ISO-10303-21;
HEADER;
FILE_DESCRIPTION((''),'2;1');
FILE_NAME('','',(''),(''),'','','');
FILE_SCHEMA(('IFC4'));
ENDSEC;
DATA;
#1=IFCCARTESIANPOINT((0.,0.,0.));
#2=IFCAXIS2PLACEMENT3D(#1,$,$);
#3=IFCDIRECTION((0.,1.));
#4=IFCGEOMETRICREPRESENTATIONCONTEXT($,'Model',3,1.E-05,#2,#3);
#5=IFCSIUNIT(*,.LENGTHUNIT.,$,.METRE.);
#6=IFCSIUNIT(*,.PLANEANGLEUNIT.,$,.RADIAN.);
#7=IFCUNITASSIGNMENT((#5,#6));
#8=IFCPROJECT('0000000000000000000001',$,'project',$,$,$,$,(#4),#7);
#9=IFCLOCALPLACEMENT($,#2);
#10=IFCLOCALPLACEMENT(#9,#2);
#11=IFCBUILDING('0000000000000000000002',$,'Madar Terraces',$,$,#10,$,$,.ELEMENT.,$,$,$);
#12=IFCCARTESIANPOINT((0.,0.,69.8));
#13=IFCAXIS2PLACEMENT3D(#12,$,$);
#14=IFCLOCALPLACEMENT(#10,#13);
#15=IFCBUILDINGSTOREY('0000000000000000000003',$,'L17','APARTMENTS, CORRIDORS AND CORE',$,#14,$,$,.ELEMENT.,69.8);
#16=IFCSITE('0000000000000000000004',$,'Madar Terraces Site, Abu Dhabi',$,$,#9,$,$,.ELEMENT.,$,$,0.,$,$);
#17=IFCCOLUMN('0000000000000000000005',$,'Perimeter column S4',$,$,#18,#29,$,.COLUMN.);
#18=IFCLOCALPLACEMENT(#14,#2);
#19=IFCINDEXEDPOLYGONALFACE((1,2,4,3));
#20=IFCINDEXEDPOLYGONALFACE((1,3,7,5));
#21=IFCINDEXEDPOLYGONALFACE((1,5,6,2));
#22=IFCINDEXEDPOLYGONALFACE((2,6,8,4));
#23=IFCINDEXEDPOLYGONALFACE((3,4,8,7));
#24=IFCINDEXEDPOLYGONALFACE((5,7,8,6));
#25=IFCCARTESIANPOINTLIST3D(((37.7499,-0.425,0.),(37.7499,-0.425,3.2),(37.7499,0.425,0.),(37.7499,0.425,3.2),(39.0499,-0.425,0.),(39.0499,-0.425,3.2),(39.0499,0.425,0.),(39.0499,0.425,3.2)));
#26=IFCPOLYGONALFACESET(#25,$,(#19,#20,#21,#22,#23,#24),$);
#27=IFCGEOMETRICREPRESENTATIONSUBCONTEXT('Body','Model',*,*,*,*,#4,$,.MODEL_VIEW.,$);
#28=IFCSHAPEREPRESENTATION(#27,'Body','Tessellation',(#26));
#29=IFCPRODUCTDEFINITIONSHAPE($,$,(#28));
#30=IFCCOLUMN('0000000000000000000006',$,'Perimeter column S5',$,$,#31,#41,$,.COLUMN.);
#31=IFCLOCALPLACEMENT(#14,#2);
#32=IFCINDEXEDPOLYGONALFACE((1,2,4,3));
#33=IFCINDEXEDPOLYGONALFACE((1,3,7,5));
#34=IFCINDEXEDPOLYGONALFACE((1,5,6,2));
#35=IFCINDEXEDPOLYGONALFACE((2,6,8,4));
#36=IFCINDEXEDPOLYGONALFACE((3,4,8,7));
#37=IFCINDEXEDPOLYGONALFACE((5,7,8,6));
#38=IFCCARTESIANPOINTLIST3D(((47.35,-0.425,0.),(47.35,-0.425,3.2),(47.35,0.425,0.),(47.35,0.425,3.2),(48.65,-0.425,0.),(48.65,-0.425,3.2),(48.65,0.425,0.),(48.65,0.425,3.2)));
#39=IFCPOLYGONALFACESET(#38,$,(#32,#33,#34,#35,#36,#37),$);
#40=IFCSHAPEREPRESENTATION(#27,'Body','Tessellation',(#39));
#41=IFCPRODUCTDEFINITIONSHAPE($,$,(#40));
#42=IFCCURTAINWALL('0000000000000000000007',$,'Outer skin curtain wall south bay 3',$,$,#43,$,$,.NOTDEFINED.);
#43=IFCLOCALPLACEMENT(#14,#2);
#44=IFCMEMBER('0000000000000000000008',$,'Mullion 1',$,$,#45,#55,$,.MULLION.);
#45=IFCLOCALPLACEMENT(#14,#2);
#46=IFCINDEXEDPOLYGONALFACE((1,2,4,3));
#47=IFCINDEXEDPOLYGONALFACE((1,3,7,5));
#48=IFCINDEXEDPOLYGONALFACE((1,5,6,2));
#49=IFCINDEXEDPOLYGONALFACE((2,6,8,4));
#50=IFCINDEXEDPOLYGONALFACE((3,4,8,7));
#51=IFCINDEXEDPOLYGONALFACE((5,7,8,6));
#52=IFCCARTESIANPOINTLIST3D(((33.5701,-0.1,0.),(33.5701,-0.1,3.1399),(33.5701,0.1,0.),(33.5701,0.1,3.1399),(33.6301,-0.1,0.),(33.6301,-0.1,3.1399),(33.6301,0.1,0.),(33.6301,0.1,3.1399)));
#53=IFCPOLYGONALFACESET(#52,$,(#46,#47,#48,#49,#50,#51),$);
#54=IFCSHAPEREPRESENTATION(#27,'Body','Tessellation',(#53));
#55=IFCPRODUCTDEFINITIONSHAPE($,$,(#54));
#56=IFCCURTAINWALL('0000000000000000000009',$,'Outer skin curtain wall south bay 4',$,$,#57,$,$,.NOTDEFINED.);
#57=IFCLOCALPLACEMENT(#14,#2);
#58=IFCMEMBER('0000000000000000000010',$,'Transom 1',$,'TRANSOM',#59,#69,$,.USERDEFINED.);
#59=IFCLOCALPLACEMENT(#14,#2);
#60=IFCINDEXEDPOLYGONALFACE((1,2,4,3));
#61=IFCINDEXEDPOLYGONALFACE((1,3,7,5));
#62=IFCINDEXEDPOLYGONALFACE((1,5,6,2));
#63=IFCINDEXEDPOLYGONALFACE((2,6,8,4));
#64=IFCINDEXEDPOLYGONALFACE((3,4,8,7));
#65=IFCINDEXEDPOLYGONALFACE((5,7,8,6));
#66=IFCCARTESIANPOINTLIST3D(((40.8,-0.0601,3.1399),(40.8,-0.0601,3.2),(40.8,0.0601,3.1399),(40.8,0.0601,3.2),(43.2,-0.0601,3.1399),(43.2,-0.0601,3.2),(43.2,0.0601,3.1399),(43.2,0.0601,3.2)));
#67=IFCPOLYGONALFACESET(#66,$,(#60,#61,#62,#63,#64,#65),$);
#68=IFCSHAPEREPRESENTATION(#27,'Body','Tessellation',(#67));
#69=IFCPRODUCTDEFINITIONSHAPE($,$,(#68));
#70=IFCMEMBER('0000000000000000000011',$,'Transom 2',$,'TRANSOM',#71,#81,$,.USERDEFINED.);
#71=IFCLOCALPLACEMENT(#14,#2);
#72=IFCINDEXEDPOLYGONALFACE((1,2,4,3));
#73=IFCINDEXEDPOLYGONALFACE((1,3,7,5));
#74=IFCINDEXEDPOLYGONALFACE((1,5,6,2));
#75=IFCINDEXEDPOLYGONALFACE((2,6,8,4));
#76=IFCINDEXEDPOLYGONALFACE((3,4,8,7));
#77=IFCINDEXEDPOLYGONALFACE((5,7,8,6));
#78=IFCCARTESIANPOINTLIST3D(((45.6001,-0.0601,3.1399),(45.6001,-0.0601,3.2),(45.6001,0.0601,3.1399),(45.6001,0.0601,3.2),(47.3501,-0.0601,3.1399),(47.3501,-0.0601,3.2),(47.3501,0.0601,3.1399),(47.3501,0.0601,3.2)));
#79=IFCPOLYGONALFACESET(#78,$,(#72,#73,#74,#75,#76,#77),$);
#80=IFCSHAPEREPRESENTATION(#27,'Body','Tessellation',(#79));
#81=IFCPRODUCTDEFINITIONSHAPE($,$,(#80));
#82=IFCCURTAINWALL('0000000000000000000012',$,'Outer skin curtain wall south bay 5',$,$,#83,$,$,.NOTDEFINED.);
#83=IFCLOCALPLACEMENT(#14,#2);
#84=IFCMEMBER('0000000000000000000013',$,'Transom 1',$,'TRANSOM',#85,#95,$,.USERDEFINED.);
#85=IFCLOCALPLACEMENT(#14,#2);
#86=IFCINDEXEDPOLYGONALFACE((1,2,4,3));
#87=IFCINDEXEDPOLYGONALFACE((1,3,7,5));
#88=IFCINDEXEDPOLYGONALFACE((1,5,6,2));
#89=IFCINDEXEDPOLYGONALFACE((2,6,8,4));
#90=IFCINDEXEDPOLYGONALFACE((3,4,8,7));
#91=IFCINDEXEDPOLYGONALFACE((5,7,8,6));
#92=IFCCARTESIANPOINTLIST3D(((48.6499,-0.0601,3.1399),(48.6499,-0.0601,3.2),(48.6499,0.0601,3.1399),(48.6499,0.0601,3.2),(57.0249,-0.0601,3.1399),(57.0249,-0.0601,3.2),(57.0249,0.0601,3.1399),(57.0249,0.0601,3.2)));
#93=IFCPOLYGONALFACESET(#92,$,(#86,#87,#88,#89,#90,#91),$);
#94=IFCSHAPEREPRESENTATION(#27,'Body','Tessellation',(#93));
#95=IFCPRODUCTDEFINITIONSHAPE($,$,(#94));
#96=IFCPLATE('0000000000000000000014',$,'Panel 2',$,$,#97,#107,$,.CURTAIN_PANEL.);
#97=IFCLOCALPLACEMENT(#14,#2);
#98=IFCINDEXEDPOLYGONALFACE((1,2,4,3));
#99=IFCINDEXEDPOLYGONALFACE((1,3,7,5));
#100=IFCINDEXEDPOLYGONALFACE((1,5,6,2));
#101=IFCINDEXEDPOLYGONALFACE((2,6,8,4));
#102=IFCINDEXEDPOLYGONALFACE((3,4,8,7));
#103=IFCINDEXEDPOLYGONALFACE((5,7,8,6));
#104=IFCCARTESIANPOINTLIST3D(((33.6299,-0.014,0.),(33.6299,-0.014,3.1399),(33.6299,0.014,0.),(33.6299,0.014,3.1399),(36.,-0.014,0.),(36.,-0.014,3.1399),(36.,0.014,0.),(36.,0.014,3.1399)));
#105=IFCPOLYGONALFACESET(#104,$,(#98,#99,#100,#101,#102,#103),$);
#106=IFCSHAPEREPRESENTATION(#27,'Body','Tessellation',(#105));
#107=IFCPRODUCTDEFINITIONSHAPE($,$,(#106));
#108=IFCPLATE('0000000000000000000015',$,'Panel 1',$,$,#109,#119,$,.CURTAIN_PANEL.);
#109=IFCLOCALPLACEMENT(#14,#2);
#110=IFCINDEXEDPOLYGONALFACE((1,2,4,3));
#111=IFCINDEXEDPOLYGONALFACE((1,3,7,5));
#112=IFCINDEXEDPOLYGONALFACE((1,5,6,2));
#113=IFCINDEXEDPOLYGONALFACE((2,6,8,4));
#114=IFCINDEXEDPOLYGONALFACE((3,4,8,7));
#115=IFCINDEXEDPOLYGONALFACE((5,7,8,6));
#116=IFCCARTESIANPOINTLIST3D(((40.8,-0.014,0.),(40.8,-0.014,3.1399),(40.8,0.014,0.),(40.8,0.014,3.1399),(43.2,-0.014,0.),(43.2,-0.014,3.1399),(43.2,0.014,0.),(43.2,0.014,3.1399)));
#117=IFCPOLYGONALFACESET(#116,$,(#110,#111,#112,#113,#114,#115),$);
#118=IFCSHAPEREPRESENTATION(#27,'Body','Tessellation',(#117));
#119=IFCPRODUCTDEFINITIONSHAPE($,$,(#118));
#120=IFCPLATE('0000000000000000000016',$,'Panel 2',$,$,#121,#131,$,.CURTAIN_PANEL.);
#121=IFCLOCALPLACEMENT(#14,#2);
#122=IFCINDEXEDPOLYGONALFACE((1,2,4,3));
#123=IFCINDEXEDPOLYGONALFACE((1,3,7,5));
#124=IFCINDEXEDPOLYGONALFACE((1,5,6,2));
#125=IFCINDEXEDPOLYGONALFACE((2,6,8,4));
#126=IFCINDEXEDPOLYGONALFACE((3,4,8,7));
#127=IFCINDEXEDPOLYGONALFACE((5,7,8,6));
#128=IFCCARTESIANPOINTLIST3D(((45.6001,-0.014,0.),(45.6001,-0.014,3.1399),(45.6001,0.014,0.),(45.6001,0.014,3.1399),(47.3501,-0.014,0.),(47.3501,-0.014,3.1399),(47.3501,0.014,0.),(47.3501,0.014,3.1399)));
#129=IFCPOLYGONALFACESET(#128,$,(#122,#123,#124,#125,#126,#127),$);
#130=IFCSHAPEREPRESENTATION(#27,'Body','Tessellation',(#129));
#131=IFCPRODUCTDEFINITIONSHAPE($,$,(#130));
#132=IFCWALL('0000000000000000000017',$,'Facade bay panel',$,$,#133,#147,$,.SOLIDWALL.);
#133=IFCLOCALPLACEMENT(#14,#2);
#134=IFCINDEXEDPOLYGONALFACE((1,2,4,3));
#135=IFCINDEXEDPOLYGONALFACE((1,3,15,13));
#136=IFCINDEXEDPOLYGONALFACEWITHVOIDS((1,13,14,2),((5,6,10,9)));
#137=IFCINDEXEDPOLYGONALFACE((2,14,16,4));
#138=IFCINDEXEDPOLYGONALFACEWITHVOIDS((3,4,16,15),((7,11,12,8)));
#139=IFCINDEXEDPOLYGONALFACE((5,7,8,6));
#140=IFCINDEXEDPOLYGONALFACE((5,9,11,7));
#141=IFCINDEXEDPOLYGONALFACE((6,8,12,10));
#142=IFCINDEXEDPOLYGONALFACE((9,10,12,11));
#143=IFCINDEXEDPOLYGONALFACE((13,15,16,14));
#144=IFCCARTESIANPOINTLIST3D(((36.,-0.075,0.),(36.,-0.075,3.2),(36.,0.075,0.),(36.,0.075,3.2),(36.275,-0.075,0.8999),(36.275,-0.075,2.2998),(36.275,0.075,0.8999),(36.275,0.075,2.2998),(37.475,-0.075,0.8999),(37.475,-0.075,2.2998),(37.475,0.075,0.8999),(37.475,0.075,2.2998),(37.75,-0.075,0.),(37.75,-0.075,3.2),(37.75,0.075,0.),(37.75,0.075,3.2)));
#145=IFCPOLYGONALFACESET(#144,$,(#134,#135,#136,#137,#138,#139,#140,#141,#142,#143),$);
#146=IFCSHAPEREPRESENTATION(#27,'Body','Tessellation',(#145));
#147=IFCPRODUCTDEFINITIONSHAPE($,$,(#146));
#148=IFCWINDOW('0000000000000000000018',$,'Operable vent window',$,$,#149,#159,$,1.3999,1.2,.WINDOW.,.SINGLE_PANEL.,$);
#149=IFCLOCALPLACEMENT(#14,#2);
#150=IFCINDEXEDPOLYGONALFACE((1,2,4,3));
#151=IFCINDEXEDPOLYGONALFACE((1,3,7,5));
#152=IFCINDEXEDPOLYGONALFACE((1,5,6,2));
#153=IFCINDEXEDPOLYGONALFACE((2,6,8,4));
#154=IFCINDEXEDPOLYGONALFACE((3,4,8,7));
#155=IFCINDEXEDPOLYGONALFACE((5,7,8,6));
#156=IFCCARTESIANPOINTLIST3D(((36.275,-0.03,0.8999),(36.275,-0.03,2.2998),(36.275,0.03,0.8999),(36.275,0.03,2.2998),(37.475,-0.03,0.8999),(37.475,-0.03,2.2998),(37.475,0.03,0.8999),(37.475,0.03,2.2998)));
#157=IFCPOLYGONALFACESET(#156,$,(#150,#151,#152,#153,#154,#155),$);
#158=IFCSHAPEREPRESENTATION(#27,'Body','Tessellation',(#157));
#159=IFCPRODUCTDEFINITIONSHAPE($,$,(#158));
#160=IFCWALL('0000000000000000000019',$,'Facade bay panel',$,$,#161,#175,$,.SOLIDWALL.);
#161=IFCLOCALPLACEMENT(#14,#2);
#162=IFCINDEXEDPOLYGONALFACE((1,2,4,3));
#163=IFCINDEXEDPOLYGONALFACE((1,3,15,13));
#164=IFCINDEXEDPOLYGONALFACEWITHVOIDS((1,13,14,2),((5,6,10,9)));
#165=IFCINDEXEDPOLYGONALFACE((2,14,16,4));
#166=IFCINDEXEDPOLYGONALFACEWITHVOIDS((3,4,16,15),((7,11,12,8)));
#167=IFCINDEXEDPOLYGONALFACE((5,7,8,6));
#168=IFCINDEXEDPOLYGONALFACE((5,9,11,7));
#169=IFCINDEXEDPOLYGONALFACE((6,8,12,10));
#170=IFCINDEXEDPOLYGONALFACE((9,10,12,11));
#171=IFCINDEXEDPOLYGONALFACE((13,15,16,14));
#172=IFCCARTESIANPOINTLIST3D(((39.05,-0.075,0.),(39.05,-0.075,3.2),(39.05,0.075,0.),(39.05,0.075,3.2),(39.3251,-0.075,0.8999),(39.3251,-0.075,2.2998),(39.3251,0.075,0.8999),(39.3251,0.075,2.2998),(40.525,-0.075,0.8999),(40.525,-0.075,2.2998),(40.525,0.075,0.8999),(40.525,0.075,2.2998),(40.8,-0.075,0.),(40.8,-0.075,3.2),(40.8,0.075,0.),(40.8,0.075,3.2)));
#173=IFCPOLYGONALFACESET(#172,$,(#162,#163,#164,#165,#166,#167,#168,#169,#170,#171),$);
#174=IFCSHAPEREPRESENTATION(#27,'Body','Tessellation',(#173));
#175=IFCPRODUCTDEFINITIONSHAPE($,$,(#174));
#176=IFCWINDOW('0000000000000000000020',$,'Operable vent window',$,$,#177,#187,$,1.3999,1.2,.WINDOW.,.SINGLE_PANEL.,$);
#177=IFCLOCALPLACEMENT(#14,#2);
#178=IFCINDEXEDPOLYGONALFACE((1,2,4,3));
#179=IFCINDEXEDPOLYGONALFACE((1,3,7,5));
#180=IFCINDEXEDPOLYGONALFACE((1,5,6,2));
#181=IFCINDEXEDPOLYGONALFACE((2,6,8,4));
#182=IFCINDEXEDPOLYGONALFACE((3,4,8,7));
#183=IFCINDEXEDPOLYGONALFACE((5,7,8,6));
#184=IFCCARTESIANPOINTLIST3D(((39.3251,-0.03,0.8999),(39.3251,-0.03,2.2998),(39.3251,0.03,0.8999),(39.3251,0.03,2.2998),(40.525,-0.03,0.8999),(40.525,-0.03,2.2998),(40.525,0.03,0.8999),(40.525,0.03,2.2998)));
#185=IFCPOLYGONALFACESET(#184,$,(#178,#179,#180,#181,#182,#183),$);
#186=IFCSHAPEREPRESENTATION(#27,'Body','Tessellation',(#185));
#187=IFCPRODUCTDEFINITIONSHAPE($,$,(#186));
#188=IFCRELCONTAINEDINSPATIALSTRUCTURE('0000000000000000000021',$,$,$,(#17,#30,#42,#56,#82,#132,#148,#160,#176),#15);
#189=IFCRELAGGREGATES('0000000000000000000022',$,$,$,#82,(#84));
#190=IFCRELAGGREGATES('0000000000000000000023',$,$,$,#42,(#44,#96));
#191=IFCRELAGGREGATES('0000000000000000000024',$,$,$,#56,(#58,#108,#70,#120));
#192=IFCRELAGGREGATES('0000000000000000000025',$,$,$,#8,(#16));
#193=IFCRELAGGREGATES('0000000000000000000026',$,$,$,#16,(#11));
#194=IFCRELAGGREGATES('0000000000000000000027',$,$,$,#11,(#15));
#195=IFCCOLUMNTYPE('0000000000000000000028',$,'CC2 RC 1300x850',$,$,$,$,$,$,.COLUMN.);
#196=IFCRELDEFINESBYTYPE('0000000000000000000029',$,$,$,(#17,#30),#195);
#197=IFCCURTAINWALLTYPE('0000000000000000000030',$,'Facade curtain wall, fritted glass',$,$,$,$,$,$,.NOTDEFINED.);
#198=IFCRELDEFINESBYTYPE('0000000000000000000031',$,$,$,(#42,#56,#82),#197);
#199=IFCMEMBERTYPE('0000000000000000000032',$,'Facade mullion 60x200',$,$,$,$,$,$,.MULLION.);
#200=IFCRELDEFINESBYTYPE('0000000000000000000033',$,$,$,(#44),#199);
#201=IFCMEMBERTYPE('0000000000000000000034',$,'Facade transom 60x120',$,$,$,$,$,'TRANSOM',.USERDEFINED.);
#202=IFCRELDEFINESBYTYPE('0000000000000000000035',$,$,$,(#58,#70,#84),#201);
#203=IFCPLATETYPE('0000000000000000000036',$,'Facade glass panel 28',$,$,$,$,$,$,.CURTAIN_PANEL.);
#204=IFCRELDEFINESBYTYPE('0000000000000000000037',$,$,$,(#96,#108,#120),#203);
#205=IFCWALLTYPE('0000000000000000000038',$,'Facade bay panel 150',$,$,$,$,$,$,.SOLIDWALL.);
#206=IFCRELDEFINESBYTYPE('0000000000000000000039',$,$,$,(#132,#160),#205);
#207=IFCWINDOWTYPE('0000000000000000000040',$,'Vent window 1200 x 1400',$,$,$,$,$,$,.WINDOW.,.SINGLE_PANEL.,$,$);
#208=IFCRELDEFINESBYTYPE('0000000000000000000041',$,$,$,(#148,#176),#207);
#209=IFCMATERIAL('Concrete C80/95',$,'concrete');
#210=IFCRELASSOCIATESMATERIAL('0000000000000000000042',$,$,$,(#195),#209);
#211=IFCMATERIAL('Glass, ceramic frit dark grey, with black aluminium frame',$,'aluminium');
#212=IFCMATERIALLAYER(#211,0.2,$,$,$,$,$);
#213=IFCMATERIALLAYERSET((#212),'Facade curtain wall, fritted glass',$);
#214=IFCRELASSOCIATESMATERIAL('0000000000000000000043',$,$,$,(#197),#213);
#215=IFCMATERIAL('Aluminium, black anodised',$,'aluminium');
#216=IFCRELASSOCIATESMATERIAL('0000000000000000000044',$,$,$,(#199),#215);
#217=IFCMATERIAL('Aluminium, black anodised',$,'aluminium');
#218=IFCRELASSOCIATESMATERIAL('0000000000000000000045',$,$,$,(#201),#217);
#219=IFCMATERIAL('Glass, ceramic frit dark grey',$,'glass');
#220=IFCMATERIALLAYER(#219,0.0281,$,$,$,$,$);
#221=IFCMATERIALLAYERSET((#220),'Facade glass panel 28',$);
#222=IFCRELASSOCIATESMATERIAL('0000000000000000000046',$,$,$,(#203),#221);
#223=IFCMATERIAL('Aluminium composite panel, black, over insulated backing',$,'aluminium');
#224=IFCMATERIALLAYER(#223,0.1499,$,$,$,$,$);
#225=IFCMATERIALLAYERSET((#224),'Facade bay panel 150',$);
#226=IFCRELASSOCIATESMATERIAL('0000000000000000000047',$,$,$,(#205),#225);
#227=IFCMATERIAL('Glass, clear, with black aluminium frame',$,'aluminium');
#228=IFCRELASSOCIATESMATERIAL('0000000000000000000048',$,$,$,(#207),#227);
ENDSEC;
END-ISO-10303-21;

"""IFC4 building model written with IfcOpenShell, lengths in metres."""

from ifc_helpers import new_model, si_unit, direction, frame, frame_2d, origin, origin_2d, place, context, subcontext, project, spatial, rectangle, extrude, material, layer, layer_set, material_profile, profile_set, type_object, element, fill, aggregate, save


model = new_model("IFC4")

# Units and contexts
model_context = context("Model", 3, precision=1e-05, world=origin(), true_north=direction((0.0, 1.0)))
body_context = subcontext(model_context, "Body", "Model", "MODEL_VIEW")
ifc_project = project(units=[si_unit("LENGTHUNIT", "METRE"), si_unit("PLANEANGLEUNIT", "RADIAN")], contexts=[model_context])

# Site, building, storey
site_placement = place(None, origin())
site = spatial("IfcSite", under=ifc_project, at=site_placement, Name="Madar Terraces Site, Abu Dhabi", CompositionType="ELEMENT", RefElevation=0.0)
building_placement = place(site_placement, origin())
building = spatial("IfcBuilding", under=site, at=building_placement, Name="Madar Terraces", CompositionType="ELEMENT")
storey_placement = place(building_placement, frame((0.0, 0.0, 69.8)))
storey = spatial("IfcBuildingStorey", under=building, at=storey_placement, Name="L17", Description="APARTMENTS, CORRIDORS AND CORE", CompositionType="ELEMENT", Elevation=69.8)

# Columns
ifc_material_1 = material(Name="Concrete C80/95", Category="concrete")
ifc_material_profile_1 = material_profile(ifc_material_1, rectangle(XDim=1.3, YDim=0.8501, at=origin_2d()), Name="CC2 RC 1300x850")
ifc_profile_set_1 = profile_set([ifc_material_profile_1], Name="Concrete C80/95")
column_type = type_object("IfcColumnType", Name="CC2 RC 1300x850", PredefinedType="COLUMN", material=ifc_profile_set_1)
for number, where, z_axis, x_axis, name in (
    (1, (38.3999, 0.0, 0.0), (0.0, 0.0, 1.0), (1.0, 0.0, 0.0), "Perimeter column S4"),
    (2, (48.0, 0.0, 0.0), (0.0, 0.0, 1.0), (1.0, 0.0, 0.0), "Perimeter column S5"),
):
    element("IfcColumn", number, at=place(storey_placement, frame(where, z_axis=z_axis, x_axis=x_axis)), inside=storey, type_object=column_type, Name=name, PredefinedType="COLUMN", context=body_context, shape_type="SweptSolid", body=[
        extrude(rectangle(XDim=1.3, YDim=0.8501, at=origin_2d()), origin(), (0.0, 0.0, 1.0), 3.2),
    ])

# Curtain wall, member
ifc_material_2 = material(Name="Glass, ceramic frit dark grey, with black aluminium frame", Category="aluminium")
ifc_layer_1 = layer(ifc_material_2, 0.2)
ifc_layer_set_1 = layer_set([ifc_layer_1], Name="Facade curtain wall, fritted glass")
curtain_wall_type = type_object("IfcCurtainWallType", Name="Facade curtain wall, fritted glass", PredefinedType="NOTDEFINED", material=ifc_layer_set_1)
curtain_wall_1_placement = place(storey_placement, origin())
curtain_wall_1 = element("IfcCurtainWall", 3, at=curtain_wall_1_placement, inside=storey, type_object=curtain_wall_type, Name="Outer skin curtain wall south bay 3", PredefinedType="NOTDEFINED")
ifc_material_3 = material(Name="Aluminium, black anodised", Category="aluminium")
ifc_material_profile_2 = material_profile(ifc_material_3, rectangle(XDim=0.2, YDim=0.0601, at=origin_2d()), Name="Facade mullion 60x200")
ifc_profile_set_2 = profile_set([ifc_material_profile_2], Name="Aluminium, black anodised")
member_type_1 = type_object("IfcMemberType", Name="Facade mullion 60x200", PredefinedType="MULLION", material=ifc_profile_set_2)
member_1_placement = place(storey_placement, frame((33.6001, 0.0, 0.0), z_axis=(0.0, 0.0, 1.0), x_axis=(0.0, 1.0, 0.0)))
member_1 = element("IfcMember", 4, at=member_1_placement, type_object=member_type_1, Name="Mullion 1", PredefinedType="MULLION", context=body_context, shape_type="SweptSolid", body=[
    extrude(rectangle(XDim=0.2, YDim=0.0601, at=origin_2d()), origin(), (0.0, 0.0, 1.0), 3.1399),
])

# Curtain wall, members
curtain_wall_2_placement = place(storey_placement, origin())
curtain_wall_2 = element("IfcCurtainWall", 5, at=curtain_wall_2_placement, inside=storey, type_object=curtain_wall_type, Name="Outer skin curtain wall south bay 4", PredefinedType="NOTDEFINED")
ifc_material_4 = material(Name="Aluminium, black anodised", Category="aluminium")
ifc_material_profile_3 = material_profile(ifc_material_4, rectangle(XDim=0.1201, YDim=0.0601, at=origin_2d()), Name="Facade transom 60x120")
ifc_profile_set_3 = profile_set([ifc_material_profile_3], Name="Aluminium, black anodised")
member_type_2 = type_object("IfcMemberType", Name="Facade transom 60x120", ElementType="TRANSOM", PredefinedType="USERDEFINED", material=ifc_profile_set_3)
member_2_placement = place(storey_placement, frame((40.8, 0.0, 3.1699), z_axis=(1.0, 0.0, 0.0), x_axis=(0.0, 1.0, 0.0)))
member_2 = element("IfcMember", 6, at=member_2_placement, type_object=member_type_2, Name="Transom 1", ObjectType="TRANSOM", PredefinedType="USERDEFINED", context=body_context, shape_type="SweptSolid", body=[
    extrude(rectangle(XDim=0.1201, YDim=0.0601, at=origin_2d()), origin(), (0.0, 0.0, 1.0), 2.3999),
])
member_3_placement = place(storey_placement, frame((45.6001, 0.0, 3.1699), z_axis=(1.0, 0.0, 0.0), x_axis=(0.0, 1.0, 0.0)))
member_3 = element("IfcMember", 7, at=member_3_placement, type_object=member_type_2, Name="Transom 2", ObjectType="TRANSOM", PredefinedType="USERDEFINED", context=body_context, shape_type="SweptSolid", body=[
    extrude(rectangle(XDim=0.1201, YDim=0.0601, at=origin_2d()), origin(), (0.0, 0.0, 1.0), 1.75),
])

# Curtain wall, member
curtain_wall_3_placement = place(storey_placement, origin())
curtain_wall_3 = element("IfcCurtainWall", 8, at=curtain_wall_3_placement, inside=storey, type_object=curtain_wall_type, Name="Outer skin curtain wall south bay 5", PredefinedType="NOTDEFINED")
member_4_placement = place(storey_placement, frame((48.6499, 0.0, 3.1699), z_axis=(1.0, 0.0, 0.0), x_axis=(0.0, 1.0, 0.0)))
member_4 = element("IfcMember", 9, at=member_4_placement, type_object=member_type_2, Name="Transom 1", ObjectType="TRANSOM", PredefinedType="USERDEFINED", context=body_context, shape_type="SweptSolid", body=[
    extrude(rectangle(XDim=0.1201, YDim=0.0601, at=origin_2d()), origin(), (0.0, 0.0, 1.0), 8.375),
])
aggregate(curtain_wall_3, [member_4])

# Plates
ifc_material_5 = material(Name="Glass, ceramic frit dark grey", Category="glass")
ifc_layer_2 = layer(ifc_material_5, 0.0281)
ifc_layer_set_2 = layer_set([ifc_layer_2], Name="Facade glass panel 28")
plate_type = type_object("IfcPlateType", Name="Facade glass panel 28", PredefinedType="CURTAIN_PANEL", material=ifc_layer_set_2)
plate_1_placement = place(storey_placement, frame((34.8149, 0.0, 0.0), z_axis=(0.0, 0.0, 1.0), x_axis=(1.0, 0.0, 0.0)))
plate_1 = element("IfcPlate", 10, at=plate_1_placement, type_object=plate_type, Name="Panel 2", PredefinedType="CURTAIN_PANEL", context=body_context, shape_type="SweptSolid", body=[
    extrude(rectangle(XDim=2.3701, YDim=0.0281, at=origin_2d()), origin(), (0.0, 0.0, 1.0), 3.1399),
])
aggregate(curtain_wall_1, [member_1, plate_1])
plate_2_placement = place(storey_placement, frame((42.0, 0.0, 0.0), z_axis=(0.0, 0.0, 1.0), x_axis=(1.0, 0.0, 0.0)))
plate_2 = element("IfcPlate", 11, at=plate_2_placement, type_object=plate_type, Name="Panel 1", PredefinedType="CURTAIN_PANEL", context=body_context, shape_type="SweptSolid", body=[
    extrude(rectangle(XDim=2.3999, YDim=0.0281, at=origin_2d()), origin(), (0.0, 0.0, 1.0), 3.1399),
])
plate_3_placement = place(storey_placement, frame((46.4751, 0.0, 0.0), z_axis=(0.0, 0.0, 1.0), x_axis=(1.0, 0.0, 0.0)))
plate_3 = element("IfcPlate", 12, at=plate_3_placement, type_object=plate_type, Name="Panel 2", PredefinedType="CURTAIN_PANEL", context=body_context, shape_type="SweptSolid", body=[
    extrude(rectangle(XDim=1.75, YDim=0.0281, at=origin_2d()), origin(), (0.0, 0.0, 1.0), 3.1399),
])
aggregate(curtain_wall_2, [member_2, plate_2, member_3, plate_3])

# Walls, openings, windows
ifc_material_6 = material(Name="Aluminium composite panel, black, over insulated backing", Category="aluminium")
ifc_layer_3 = layer(ifc_material_6, 0.1499)
ifc_layer_set_3 = layer_set([ifc_layer_3], Name="Facade bay panel 150")
wall_type_1 = type_object("IfcWallType", Name="Facade bay panel 150", PredefinedType="SOLIDWALL", material=ifc_layer_set_3)
wall_1_placement = place(storey_placement, frame((36.0, 0.0, 0.0), z_axis=(0.0, 0.0, 1.0), x_axis=(1.0, 0.0, 0.0)))
wall_1 = element("IfcWall", 13, at=wall_1_placement, inside=storey, type_object=wall_type_1, Name="Facade bay panel", PredefinedType="SOLIDWALL", context=body_context, shape_type="SweptSolid", body=[
    extrude(rectangle(XDim=1.75, YDim=0.1499, at=frame_2d((0.875, 0.0))), origin(), (0.0, 0.0, 1.0), 3.2),
])
opening_1_placement = place(wall_1_placement, frame((0.2749, 0.0, 0.8999)))
opening_1 = element("IfcOpeningElement", 14, at=opening_1_placement, cuts=wall_1, PredefinedType="OPENING", context=body_context, shape_type="SweptSolid", body=[
    extrude(rectangle(XDim=1.2, YDim=1.3999, at=frame_2d((0.6001, 0.7))), frame((0.0, 0.085, 0.0), z_axis=(0.0, -1.0, 0.0), x_axis=(1.0, 0.0, 0.0)), (0.0, 0.0, 1.0), 0.1699),
])
ifc_material_7 = material(Name="Glass, clear, with black aluminium frame", Category="aluminium")
window_type = type_object("IfcWindowType", Name="Vent window 1200 x 1400", PartitioningType="SINGLE_PANEL", PredefinedType="WINDOW", material=ifc_material_7)
window_1_placement = place(opening_1_placement, origin())
window_1 = element("IfcWindow", 15, at=window_1_placement, inside=storey, type_object=window_type, Name="Operable vent window", OverallHeight=1.3999, OverallWidth=1.2, PartitioningType="SINGLE_PANEL", PredefinedType="WINDOW", context=body_context, shape_type="SweptSolid", body=[
    extrude(rectangle(XDim=1.2, YDim=1.3999, at=frame_2d((0.6001, 0.7))), frame((0.0, 0.03, 0.0), z_axis=(0.0, -1.0, 0.0), x_axis=(1.0, 0.0, 0.0)), (0.0, 0.0, 1.0), 0.0601),
])
fill(opening_1, window_1)
wall_2_placement = place(storey_placement, frame((39.05, 0.0, 0.0), z_axis=(0.0, 0.0, 1.0), x_axis=(1.0, 0.0, 0.0)))
wall_2 = element("IfcWall", 16, at=wall_2_placement, inside=storey, type_object=wall_type_1, Name="Facade bay panel", PredefinedType="SOLIDWALL", context=body_context, shape_type="SweptSolid", body=[
    extrude(rectangle(XDim=1.75, YDim=0.1499, at=frame_2d((0.875, 0.0))), origin(), (0.0, 0.0, 1.0), 3.2),
])
opening_2_placement = place(wall_2_placement, frame((0.2749, 0.0, 0.8999)))
opening_2 = element("IfcOpeningElement", 17, at=opening_2_placement, cuts=wall_2, PredefinedType="OPENING", context=body_context, shape_type="SweptSolid", body=[
    extrude(rectangle(XDim=1.2, YDim=1.3999, at=frame_2d((0.6001, 0.7))), frame((0.0, 0.085, 0.0), z_axis=(0.0, -1.0, 0.0), x_axis=(1.0, 0.0, 0.0)), (0.0, 0.0, 1.0), 0.1699),
])
window_2_placement = place(opening_2_placement, origin())
window_2 = element("IfcWindow", 18, at=window_2_placement, inside=storey, type_object=window_type, Name="Operable vent window", OverallHeight=1.3999, OverallWidth=1.2, PartitioningType="SINGLE_PANEL", PredefinedType="WINDOW", context=body_context, shape_type="SweptSolid", body=[
    extrude(rectangle(XDim=1.2, YDim=1.3999, at=frame_2d((0.6001, 0.7))), frame((0.0, 0.03, 0.0), z_axis=(0.0, -1.0, 0.0), x_axis=(1.0, 0.0, 0.0)), (0.0, 0.0, 1.0), 0.0601),
])
fill(opening_2, window_2)

save(model, "model.ifc")
